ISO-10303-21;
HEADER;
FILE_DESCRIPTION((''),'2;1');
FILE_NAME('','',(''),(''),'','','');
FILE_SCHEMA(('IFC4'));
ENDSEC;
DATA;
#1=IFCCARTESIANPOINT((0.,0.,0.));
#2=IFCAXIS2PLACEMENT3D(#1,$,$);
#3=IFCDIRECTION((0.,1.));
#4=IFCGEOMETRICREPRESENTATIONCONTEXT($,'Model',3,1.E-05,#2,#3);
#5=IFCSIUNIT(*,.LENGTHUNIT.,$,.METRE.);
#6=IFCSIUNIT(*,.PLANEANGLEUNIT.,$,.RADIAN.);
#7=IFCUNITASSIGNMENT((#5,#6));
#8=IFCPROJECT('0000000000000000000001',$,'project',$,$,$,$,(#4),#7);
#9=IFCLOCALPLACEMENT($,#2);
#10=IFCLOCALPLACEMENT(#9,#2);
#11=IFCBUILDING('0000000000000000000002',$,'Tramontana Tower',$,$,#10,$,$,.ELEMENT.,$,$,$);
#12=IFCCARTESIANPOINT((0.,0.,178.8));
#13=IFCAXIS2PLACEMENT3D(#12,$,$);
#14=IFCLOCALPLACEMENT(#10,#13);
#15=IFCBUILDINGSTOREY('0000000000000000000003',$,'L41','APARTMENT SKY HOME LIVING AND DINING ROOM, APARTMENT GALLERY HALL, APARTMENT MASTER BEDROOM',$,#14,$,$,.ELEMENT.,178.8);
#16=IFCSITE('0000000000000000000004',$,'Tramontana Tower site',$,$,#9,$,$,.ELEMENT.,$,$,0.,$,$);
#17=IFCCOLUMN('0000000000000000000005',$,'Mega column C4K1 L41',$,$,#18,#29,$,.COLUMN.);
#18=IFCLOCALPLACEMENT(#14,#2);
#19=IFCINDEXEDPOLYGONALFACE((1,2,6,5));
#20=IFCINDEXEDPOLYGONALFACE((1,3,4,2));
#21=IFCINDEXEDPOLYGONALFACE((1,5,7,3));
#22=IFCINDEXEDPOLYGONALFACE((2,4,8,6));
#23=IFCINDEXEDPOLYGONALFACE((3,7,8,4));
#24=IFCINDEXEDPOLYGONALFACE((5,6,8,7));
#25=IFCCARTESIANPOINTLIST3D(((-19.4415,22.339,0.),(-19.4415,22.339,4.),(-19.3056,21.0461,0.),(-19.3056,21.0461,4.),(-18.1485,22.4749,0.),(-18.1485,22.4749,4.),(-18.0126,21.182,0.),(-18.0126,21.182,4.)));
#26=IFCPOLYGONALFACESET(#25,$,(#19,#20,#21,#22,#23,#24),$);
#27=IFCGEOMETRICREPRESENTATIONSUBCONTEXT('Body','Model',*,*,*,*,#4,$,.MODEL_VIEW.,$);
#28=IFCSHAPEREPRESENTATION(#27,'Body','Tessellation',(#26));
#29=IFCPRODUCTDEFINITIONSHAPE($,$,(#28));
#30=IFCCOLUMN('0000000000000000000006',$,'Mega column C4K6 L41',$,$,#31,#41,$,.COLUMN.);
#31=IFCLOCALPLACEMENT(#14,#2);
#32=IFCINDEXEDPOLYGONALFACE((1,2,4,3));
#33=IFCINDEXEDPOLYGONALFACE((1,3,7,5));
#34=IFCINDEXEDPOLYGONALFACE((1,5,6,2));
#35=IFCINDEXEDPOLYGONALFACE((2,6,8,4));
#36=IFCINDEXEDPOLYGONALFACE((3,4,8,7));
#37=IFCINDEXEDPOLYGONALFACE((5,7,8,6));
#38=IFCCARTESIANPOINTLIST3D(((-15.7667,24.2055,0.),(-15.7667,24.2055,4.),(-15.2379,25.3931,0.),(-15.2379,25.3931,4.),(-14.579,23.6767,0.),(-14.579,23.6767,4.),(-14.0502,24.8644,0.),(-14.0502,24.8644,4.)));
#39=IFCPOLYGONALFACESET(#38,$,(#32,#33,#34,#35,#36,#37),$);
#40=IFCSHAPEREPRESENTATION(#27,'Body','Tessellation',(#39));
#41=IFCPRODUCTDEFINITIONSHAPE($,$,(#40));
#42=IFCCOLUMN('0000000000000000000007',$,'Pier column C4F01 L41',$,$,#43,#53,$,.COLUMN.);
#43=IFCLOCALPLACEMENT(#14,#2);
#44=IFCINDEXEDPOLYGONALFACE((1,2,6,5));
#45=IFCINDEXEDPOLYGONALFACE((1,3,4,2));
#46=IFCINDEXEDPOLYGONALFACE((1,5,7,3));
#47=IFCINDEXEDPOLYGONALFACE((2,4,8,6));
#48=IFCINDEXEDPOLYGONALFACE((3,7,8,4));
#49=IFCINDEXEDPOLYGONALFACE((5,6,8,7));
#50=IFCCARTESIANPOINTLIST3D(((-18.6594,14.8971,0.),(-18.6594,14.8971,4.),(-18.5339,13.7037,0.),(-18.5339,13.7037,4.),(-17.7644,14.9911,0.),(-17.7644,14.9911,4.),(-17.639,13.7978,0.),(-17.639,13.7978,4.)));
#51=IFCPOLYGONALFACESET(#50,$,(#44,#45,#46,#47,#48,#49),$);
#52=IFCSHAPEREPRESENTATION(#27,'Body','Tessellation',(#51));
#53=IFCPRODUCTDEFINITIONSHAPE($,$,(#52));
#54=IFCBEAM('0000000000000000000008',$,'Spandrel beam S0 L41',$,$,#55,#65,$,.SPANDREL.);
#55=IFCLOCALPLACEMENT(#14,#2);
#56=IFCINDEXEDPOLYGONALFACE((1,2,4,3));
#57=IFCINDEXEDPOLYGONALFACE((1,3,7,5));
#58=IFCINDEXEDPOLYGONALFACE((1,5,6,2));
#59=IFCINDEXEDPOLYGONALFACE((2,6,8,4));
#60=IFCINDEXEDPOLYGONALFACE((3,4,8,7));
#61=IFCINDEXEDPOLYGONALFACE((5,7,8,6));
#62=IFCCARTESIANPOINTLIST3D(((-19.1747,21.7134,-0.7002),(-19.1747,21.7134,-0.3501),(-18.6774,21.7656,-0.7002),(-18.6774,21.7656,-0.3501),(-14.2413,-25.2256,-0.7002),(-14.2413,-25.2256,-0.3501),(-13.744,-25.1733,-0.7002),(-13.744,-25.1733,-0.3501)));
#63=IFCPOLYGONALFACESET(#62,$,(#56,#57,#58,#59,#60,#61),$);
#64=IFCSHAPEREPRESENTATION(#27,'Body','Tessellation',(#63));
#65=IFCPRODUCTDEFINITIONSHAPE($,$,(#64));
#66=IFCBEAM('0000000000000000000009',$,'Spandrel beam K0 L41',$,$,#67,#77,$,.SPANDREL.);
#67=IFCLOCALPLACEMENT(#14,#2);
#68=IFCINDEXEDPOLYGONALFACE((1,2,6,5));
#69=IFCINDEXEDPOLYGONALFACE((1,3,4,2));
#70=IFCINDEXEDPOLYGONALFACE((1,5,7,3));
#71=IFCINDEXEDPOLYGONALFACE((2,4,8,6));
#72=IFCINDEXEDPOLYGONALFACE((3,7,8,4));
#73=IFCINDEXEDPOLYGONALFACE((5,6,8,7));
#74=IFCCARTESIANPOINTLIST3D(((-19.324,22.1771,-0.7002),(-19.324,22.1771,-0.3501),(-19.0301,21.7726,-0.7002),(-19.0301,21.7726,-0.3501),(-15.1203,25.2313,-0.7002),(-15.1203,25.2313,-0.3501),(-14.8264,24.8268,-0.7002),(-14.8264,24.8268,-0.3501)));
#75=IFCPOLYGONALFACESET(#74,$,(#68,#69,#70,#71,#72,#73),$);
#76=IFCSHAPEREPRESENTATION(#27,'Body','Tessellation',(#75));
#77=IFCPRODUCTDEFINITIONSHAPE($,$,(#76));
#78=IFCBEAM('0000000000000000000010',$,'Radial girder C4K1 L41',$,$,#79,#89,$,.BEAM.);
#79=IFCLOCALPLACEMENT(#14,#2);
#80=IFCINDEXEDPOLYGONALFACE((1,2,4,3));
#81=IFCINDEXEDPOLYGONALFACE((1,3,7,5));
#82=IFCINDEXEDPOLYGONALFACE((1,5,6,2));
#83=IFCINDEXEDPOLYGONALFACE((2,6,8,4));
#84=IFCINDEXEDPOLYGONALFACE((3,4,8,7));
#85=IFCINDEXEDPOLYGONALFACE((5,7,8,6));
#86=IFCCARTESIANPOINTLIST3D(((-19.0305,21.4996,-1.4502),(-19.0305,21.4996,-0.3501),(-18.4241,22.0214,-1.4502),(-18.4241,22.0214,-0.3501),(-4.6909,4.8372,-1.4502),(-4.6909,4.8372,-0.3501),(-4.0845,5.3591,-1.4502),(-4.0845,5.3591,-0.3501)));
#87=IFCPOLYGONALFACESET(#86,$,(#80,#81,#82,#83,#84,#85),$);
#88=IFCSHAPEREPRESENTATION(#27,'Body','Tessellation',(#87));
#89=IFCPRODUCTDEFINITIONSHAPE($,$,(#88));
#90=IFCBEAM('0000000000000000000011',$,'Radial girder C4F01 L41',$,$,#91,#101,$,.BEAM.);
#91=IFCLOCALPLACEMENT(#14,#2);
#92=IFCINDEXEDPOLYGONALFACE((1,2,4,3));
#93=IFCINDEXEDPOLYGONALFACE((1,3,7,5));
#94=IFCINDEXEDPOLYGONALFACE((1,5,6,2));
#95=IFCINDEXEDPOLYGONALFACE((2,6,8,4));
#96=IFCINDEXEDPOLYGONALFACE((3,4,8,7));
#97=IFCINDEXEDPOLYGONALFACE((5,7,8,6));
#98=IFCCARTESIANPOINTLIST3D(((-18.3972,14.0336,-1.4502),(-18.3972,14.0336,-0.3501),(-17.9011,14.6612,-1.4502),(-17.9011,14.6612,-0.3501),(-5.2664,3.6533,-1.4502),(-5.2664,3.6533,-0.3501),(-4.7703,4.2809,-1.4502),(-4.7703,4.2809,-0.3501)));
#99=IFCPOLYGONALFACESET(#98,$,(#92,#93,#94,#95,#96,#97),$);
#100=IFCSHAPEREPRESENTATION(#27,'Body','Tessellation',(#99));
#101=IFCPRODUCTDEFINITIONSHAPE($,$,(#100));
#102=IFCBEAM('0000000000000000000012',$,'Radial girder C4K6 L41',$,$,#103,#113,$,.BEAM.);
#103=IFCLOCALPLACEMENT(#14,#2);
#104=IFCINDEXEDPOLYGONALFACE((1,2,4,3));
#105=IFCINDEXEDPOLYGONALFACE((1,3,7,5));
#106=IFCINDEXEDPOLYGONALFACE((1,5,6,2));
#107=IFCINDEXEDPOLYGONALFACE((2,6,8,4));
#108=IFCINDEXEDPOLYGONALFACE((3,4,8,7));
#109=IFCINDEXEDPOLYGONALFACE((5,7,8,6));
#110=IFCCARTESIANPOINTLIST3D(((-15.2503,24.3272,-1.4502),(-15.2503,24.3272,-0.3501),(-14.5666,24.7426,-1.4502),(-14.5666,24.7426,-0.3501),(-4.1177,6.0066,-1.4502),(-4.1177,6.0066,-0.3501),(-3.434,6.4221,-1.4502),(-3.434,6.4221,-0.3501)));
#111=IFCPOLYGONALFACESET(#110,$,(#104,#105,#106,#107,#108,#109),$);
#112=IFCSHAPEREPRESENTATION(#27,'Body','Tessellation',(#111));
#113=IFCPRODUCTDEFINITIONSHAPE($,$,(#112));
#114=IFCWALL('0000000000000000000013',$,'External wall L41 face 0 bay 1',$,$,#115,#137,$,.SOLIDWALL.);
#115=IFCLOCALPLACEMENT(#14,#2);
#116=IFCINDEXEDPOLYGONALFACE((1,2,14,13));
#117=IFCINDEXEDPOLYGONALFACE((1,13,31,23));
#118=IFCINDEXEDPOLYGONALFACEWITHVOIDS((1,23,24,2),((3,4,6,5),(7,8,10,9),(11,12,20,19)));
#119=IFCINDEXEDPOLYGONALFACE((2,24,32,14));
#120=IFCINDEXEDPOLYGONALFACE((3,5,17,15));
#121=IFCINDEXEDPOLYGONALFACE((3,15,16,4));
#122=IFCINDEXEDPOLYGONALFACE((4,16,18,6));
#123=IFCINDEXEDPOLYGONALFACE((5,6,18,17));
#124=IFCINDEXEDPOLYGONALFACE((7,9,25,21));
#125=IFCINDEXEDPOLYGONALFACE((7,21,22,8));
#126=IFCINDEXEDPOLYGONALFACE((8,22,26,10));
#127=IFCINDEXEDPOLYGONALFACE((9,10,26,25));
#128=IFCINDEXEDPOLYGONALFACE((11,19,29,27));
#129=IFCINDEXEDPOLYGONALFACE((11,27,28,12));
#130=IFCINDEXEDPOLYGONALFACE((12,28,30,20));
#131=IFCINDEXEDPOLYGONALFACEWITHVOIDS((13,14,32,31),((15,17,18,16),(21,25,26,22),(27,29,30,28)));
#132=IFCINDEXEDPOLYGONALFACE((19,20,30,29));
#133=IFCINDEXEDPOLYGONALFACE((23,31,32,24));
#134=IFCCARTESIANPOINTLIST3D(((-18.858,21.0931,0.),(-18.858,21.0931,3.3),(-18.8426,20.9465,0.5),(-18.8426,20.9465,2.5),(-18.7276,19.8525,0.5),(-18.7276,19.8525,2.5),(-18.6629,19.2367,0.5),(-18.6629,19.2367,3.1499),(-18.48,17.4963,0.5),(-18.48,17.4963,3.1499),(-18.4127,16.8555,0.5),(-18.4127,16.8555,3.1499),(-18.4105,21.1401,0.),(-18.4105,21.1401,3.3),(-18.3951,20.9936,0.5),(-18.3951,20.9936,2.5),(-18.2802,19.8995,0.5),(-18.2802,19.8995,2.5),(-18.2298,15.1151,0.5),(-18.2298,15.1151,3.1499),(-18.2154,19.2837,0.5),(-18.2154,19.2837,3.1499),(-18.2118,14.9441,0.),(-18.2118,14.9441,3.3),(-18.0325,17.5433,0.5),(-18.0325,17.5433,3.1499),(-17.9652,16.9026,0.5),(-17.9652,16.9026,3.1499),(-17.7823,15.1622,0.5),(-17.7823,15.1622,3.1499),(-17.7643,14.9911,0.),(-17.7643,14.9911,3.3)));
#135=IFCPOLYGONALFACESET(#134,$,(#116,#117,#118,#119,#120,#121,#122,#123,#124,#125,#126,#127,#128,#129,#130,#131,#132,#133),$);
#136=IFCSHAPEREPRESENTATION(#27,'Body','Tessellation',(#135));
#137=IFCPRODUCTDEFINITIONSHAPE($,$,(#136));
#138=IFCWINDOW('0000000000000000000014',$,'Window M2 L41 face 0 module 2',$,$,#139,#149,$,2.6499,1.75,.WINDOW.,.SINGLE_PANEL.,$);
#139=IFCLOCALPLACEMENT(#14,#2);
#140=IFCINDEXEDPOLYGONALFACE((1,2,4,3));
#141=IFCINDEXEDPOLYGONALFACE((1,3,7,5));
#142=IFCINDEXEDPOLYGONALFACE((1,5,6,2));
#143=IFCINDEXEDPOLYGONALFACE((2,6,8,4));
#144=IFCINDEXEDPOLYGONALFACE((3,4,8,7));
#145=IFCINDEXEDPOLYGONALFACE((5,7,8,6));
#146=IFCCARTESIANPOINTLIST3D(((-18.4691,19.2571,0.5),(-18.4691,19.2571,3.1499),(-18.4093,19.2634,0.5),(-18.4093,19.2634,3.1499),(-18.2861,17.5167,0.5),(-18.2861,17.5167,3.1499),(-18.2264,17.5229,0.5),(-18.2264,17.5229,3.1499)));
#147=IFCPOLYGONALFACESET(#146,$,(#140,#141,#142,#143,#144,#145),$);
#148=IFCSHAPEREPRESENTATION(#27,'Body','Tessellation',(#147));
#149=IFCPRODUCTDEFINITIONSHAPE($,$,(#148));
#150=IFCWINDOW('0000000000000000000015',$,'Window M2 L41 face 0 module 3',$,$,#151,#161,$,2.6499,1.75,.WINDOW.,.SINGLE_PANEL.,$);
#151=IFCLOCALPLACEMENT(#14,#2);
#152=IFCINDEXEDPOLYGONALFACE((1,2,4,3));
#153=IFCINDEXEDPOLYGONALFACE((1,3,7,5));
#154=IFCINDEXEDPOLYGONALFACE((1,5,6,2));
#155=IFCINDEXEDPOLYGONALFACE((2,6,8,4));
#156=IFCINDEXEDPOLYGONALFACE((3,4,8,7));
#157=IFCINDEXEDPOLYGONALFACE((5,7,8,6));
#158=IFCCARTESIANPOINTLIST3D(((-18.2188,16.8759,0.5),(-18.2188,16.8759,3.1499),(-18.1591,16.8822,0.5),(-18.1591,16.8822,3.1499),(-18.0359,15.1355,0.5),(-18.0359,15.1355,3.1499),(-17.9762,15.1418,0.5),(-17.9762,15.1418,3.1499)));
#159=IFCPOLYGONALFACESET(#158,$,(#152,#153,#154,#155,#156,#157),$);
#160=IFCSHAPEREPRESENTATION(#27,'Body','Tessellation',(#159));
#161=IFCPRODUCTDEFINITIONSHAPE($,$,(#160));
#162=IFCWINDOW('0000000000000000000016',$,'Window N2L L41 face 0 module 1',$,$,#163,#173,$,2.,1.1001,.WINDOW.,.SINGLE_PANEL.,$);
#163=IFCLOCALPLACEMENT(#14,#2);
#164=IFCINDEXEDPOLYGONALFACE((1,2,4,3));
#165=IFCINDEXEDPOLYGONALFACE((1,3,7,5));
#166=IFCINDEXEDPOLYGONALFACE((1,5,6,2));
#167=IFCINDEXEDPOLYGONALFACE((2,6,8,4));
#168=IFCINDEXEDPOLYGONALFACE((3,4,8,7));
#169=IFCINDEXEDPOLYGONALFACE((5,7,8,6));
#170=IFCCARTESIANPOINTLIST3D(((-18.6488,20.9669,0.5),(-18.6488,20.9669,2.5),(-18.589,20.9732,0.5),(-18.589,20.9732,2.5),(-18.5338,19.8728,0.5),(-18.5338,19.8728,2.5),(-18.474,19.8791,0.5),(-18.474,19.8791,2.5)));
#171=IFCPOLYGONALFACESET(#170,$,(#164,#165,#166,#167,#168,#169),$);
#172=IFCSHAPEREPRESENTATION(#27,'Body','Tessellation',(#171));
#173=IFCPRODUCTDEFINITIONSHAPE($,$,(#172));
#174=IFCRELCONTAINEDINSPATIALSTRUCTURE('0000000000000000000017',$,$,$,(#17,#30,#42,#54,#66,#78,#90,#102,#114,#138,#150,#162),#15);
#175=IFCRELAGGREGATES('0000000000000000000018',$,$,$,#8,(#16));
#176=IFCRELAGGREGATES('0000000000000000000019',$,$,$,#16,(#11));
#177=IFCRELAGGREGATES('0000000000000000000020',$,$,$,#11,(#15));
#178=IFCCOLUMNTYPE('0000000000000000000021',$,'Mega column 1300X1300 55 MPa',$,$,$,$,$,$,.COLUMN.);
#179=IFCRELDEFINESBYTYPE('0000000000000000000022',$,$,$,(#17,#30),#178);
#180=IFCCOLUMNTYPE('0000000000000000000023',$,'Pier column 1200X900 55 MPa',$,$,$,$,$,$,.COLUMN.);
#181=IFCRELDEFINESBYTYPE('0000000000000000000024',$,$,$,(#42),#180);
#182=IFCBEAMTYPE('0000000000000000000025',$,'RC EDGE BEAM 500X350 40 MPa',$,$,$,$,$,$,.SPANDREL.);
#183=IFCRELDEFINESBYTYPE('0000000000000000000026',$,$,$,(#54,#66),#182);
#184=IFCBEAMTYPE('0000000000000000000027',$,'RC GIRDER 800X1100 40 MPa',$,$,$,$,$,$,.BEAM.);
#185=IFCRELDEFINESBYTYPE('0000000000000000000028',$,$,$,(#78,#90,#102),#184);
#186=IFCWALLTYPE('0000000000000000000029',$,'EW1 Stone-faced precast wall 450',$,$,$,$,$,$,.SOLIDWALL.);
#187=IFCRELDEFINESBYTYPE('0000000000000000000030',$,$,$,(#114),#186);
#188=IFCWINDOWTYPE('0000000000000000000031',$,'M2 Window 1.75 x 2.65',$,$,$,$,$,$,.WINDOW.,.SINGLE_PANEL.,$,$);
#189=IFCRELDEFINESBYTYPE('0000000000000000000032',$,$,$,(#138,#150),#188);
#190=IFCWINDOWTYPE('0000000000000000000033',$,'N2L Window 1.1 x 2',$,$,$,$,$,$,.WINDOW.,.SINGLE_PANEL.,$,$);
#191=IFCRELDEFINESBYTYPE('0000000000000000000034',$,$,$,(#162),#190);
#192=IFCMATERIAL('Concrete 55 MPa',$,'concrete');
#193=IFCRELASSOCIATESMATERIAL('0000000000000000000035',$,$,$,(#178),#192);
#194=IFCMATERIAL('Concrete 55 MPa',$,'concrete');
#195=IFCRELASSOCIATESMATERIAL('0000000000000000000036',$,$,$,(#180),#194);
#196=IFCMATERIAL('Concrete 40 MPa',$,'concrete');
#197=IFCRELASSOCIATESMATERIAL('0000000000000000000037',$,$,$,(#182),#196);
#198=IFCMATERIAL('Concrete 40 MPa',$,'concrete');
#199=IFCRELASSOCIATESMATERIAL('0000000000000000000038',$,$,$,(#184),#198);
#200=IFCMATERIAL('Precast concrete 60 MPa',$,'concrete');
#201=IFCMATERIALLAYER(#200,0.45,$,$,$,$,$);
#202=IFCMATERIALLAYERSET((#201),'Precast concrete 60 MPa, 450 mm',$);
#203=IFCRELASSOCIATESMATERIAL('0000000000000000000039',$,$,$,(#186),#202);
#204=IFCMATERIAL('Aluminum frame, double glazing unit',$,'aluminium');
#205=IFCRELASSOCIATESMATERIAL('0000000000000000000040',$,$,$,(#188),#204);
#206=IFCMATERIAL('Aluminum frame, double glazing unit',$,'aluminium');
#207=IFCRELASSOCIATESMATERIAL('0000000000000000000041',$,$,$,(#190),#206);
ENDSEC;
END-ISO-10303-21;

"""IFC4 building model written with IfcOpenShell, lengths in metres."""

from ifc_helpers import new_model, si_unit, direction, frame, frame_2d, origin, origin_2d, place, context, subcontext, project, spatial, rectangle, extrude, material, layer, layer_set, material_profile, profile_set, type_object, element, fill, save


model = new_model("IFC4")

# Units and contexts
model_context = context("Model", 3, precision=1e-05, world=origin(), true_north=direction((0.0, 1.0)))
body_context = subcontext(model_context, "Body", "Model", "MODEL_VIEW")
ifc_project = project(units=[si_unit("LENGTHUNIT", "METRE"), si_unit("PLANEANGLEUNIT", "RADIAN")], contexts=[model_context])

# Site, building, storey
site_placement = place(None, origin())
site = spatial("IfcSite", under=ifc_project, at=site_placement, Name="Tramontana Tower site", CompositionType="ELEMENT", RefElevation=0.0)
building_placement = place(site_placement, origin())
building = spatial("IfcBuilding", under=site, at=building_placement, Name="Tramontana Tower", CompositionType="ELEMENT")
storey_placement = place(building_placement, frame((0.0, 0.0, 178.8)))
storey = spatial("IfcBuildingStorey", under=building, at=storey_placement, Name="L41", Description="APARTMENT SKY HOME LIVING AND DINING ROOM, APARTMENT GALLERY HALL, APARTMENT MASTER BEDROOM", CompositionType="ELEMENT", Elevation=178.8)

# Columns
ifc_material_1 = material(Name="Concrete 55 MPa", Category="concrete")
ifc_material_profile_1 = material_profile(ifc_material_1, rectangle(XDim=1.3, YDim=1.3, at=origin_2d()), Name="Mega column 1300X1300 55 MPa")
ifc_profile_set_1 = profile_set([ifc_material_profile_1], Name="Concrete 55 MPa")
column_type_1 = type_object("IfcColumnType", Name="Mega column 1300X1300 55 MPa", PredefinedType="COLUMN", material=ifc_profile_set_1)
for number, where, z_axis, x_axis, name in (
    (1, (-18.7271, 21.7605, 0.0), (0.0, 0.0, 1.0), (0.104528, -0.994522, 0.0), "Mega column C4K1 L41"),
    (2, (-14.9084, 24.5349, 0.0), (0.0, 0.0, 1.0), (-0.913545, 0.406737, 0.0), "Mega column C4K6 L41"),
):
    element("IfcColumn", number, at=place(storey_placement, frame(where, z_axis=z_axis, x_axis=x_axis)), inside=storey, type_object=column_type_1, Name=name, PredefinedType="COLUMN", context=body_context, shape_type="SweptSolid", body=[
        extrude(rectangle(XDim=1.3, YDim=1.3, at=origin_2d()), origin(), (0.0, 0.0, 1.0), 4.0),
    ])
ifc_material_2 = material(Name="Concrete 55 MPa", Category="concrete")
ifc_material_profile_2 = material_profile(ifc_material_2, rectangle(XDim=1.2, YDim=0.8999, at=origin_2d()), Name="Pier column 1200X900 55 MPa")
ifc_profile_set_2 = profile_set([ifc_material_profile_2], Name="Concrete 55 MPa")
column_type_2 = type_object("IfcColumnType", Name="Pier column 1200X900 55 MPa", PredefinedType="COLUMN", material=ifc_profile_set_2)
column_placement = place(storey_placement, frame((-18.1492, 14.3474, 0.0), z_axis=(0.0, 0.0, 1.0), x_axis=(0.104528, -0.994522, 0.0)))
element("IfcColumn", 3, at=column_placement, inside=storey, type_object=column_type_2, Name="Pier column C4F01 L41", PredefinedType="COLUMN", context=body_context, shape_type="SweptSolid", body=[
    extrude(rectangle(XDim=1.2, YDim=0.8999, at=origin_2d()), origin(), (0.0, 0.0, 1.0), 4.0),
])

# Beams
ifc_material_3 = material(Name="Concrete 40 MPa", Category="concrete")
ifc_material_profile_3 = material_profile(ifc_material_3, rectangle(XDim=0.5, YDim=0.3501, at=origin_2d()), Name="RC EDGE BEAM 500X350 40 MPa")
ifc_profile_set_3 = profile_set([ifc_material_profile_3], Name="Concrete 40 MPa")
beam_type_1 = type_object("IfcBeamType", Name="RC EDGE BEAM 500X350 40 MPa", PredefinedType="SPANDREL", material=ifc_profile_set_3)
beam_1_placement = place(storey_placement, frame((-18.926, 21.7395, -0.5251), z_axis=(0.104526, -0.994522, 0.0), x_axis=(0.994522, 0.104526, 0.0)))
element("IfcBeam", 4, at=beam_1_placement, inside=storey, type_object=beam_type_1, Name="Spandrel beam S0 L41", PredefinedType="SPANDREL", context=body_context, shape_type="SweptSolid", body=[
    extrude(rectangle(XDim=0.5, YDim=0.3501, at=origin_2d()), origin(), (0.0, 0.0, 1.0), 47.1975),
])
beam_2_placement = place(storey_placement, frame((-14.9734, 25.0291, -0.5251), z_axis=(-0.809008, -0.587797, 0.0), x_axis=(0.587797, -0.809008, 0.0)))
element("IfcBeam", 5, at=beam_2_placement, inside=storey, type_object=beam_type_1, Name="Spandrel beam K0 L41", PredefinedType="SPANDREL", context=body_context, shape_type="SweptSolid", body=[
    extrude(rectangle(XDim=0.5, YDim=0.3501, at=origin_2d()), origin(), (0.0, 0.0, 1.0), 5.196),
])
ifc_material_4 = material(Name="Concrete 40 MPa", Category="concrete")
ifc_material_profile_4 = material_profile(ifc_material_4, rectangle(XDim=0.8, YDim=1.1001, at=origin_2d()), Name="RC GIRDER 800X1100 40 MPa")
ifc_profile_set_4 = profile_set([ifc_material_profile_4], Name="Concrete 40 MPa")
beam_type_2 = type_object("IfcBeamType", Name="RC GIRDER 800X1100 40 MPa", PredefinedType="BEAM", material=ifc_profile_set_4)
beam_3_placement = place(storey_placement, frame((-18.7273, 21.7605, -0.9001), z_axis=(0.6523, -0.757961, 0.0), x_axis=(0.757961, 0.6523, 0.0)))
element("IfcBeam", 6, at=beam_3_placement, inside=storey, type_object=beam_type_2, Name="Radial girder C4K1 L41", PredefinedType="BEAM", context=body_context, shape_type="SweptSolid", body=[
    extrude(rectangle(XDim=0.8, YDim=1.1001, at=origin_2d()), origin(), (0.0, 0.0, 1.0), 21.9832),
])
beam_4_placement = place(storey_placement, frame((-18.1492, 14.3474, -0.9001), z_axis=(0.784479, -0.620156, 0.0), x_axis=(0.620156, 0.784479, 0.0)))
element("IfcBeam", 7, at=beam_4_placement, inside=storey, type_object=beam_type_2, Name="Radial girder C4F01 L41", PredefinedType="BEAM", context=body_context, shape_type="SweptSolid", body=[
    extrude(rectangle(XDim=0.8, YDim=1.1001, at=origin_2d()), origin(), (0.0, 0.0, 1.0), 16.7383),
])
beam_5_placement = place(storey_placement, frame((-14.9084, 24.5349, -0.9001), z_axis=(0.519298, -0.854593, 0.0), x_axis=(0.854593, 0.519298, 0.0)))
element("IfcBeam", 8, at=beam_5_placement, inside=storey, type_object=beam_type_2, Name="Radial girder C4K6 L41", PredefinedType="BEAM", context=body_context, shape_type="SweptSolid", body=[
    extrude(rectangle(XDim=0.8, YDim=1.1001, at=origin_2d()), origin(), (0.0, 0.0, 1.0), 21.4377),
])

# Wall, openings, windows
ifc_material_5 = material(Name="Precast concrete 60 MPa", Category="concrete")
ifc_layer_1 = layer(ifc_material_5, 0.45)
ifc_layer_set_1 = layer_set([ifc_layer_1], Name="Precast concrete 60 MPa, 450 mm")
wall_type_1 = type_object("IfcWallType", Name="EW1 Stone-faced precast wall 450", PredefinedType="SOLIDWALL", material=ifc_layer_set_1)
wall_1_placement = place(storey_placement, frame((-18.6343, 21.1165, 0.0), z_axis=(0.0, 0.0, 1.0), x_axis=(0.104522, -0.994523, 0.0)))
wall_1 = element("IfcWall", 9, at=wall_1_placement, inside=storey, type_object=wall_type_1, Name="External wall L41 face 0 bay 1", PredefinedType="SOLIDWALL", context=body_context, shape_type="SweptSolid", body=[
    extrude(rectangle(XDim=6.1829, YDim=0.45, at=frame_2d((3.0913, 0.0))), origin(), (0.0, 0.0, 1.0), 3.3),
])
opening_1_placement = place(wall_1_placement, frame((0.1472, 0.0, 0.5)))
opening_1 = element("IfcOpeningElement", 10, at=opening_1_placement, cuts=wall_1, PredefinedType="OPENING", context=body_context, shape_type="SweptSolid", body=[
    extrude(rectangle(XDim=1.1001, YDim=2.0, at=frame_2d((0.55, 1.0))), frame((0.0, 0.2349, 0.0), z_axis=(0.0, -1.0, 0.0), x_axis=(1.0, 0.0, 0.0)), (0.0, 0.0, 1.0), 0.47),
])
opening_2_placement = place(wall_1_placement, frame((1.8665, 0.0, 0.5)))
opening_2 = element("IfcOpeningElement", 11, at=opening_2_placement, cuts=wall_1, PredefinedType="OPENING", context=body_context, shape_type="SweptSolid", body=[
    extrude(rectangle(XDim=1.75, YDim=2.6499, at=frame_2d((0.875, 1.325))), frame((0.0, 0.2349, 0.0), z_axis=(0.0, -1.0, 0.0), x_axis=(1.0, 0.0, 0.0)), (0.0, 0.0, 1.0), 0.47),
])
opening_3_placement = place(wall_1_placement, frame((4.2607, 0.0, 0.5)))
opening_3 = element("IfcOpeningElement", 12, at=opening_3_placement, cuts=wall_1, PredefinedType="OPENING", context=body_context, shape_type="SweptSolid", body=[
    extrude(rectangle(XDim=1.75, YDim=2.6499, at=frame_2d((0.875, 1.325))), frame((0.0, 0.2349, 0.0), z_axis=(0.0, -1.0, 0.0), x_axis=(1.0, 0.0, 0.0)), (0.0, 0.0, 1.0), 0.47),
])
ifc_material_6 = material(Name="Aluminum frame, double glazing unit", Category="aluminium")
window_type_1 = type_object("IfcWindowType", Name="M2 Window 1.75 x 2.65", PartitioningType="SINGLE_PANEL", PredefinedType="WINDOW", material=ifc_material_6)
window_1_placement = place(opening_2_placement, origin())
window_1 = element("IfcWindow", 13, at=window_1_placement, inside=storey, type_object=window_type_1, Name="Window M2 L41 face 0 module 2", OverallHeight=2.6499, OverallWidth=1.75, PartitioningType="SINGLE_PANEL", PredefinedType="WINDOW", context=body_context, shape_type="SweptSolid", body=[
    extrude(rectangle(XDim=1.75, YDim=2.6499, at=frame_2d((0.875, 1.325))), frame((0.0, 0.03, 0.0), z_axis=(0.0, -1.0, 0.0), x_axis=(1.0, 0.0, 0.0)), (0.0, 0.0, 1.0), 0.0601),
])
fill(opening_2, window_1)
window_2_placement = place(opening_3_placement, origin())
window_2 = element("IfcWindow", 14, at=window_2_placement, inside=storey, type_object=window_type_1, Name="Window M2 L41 face 0 module 3", OverallHeight=2.6499, OverallWidth=1.75, PartitioningType="SINGLE_PANEL", PredefinedType="WINDOW", context=body_context, shape_type="SweptSolid", body=[
    extrude(rectangle(XDim=1.75, YDim=2.6499, at=frame_2d((0.875, 1.325))), frame((0.0, 0.03, 0.0), z_axis=(0.0, -1.0, 0.0), x_axis=(1.0, 0.0, 0.0)), (0.0, 0.0, 1.0), 0.0601),
])
fill(opening_3, window_2)
ifc_material_7 = material(Name="Aluminum frame, double glazing unit", Category="aluminium")
window_type_2 = type_object("IfcWindowType", Name="N2L Window 1.1 x 2", PartitioningType="SINGLE_PANEL", PredefinedType="WINDOW", material=ifc_material_7)
window_3_placement = place(opening_1_placement, origin())
window_3 = element("IfcWindow", 15, at=window_3_placement, inside=storey, type_object=window_type_2, Name="Window N2L L41 face 0 module 1", OverallHeight=2.0, OverallWidth=1.1001, PartitioningType="SINGLE_PANEL", PredefinedType="WINDOW", context=body_context, shape_type="SweptSolid", body=[
    extrude(rectangle(XDim=1.1001, YDim=2.0, at=frame_2d((0.55, 1.0))), frame((0.0, 0.03, 0.0), z_axis=(0.0, -1.0, 0.0), x_axis=(1.0, 0.0, 0.0)), (0.0, 0.0, 1.0), 0.0601),
])
fill(opening_1, window_3)

save(model, "model.ifc")
